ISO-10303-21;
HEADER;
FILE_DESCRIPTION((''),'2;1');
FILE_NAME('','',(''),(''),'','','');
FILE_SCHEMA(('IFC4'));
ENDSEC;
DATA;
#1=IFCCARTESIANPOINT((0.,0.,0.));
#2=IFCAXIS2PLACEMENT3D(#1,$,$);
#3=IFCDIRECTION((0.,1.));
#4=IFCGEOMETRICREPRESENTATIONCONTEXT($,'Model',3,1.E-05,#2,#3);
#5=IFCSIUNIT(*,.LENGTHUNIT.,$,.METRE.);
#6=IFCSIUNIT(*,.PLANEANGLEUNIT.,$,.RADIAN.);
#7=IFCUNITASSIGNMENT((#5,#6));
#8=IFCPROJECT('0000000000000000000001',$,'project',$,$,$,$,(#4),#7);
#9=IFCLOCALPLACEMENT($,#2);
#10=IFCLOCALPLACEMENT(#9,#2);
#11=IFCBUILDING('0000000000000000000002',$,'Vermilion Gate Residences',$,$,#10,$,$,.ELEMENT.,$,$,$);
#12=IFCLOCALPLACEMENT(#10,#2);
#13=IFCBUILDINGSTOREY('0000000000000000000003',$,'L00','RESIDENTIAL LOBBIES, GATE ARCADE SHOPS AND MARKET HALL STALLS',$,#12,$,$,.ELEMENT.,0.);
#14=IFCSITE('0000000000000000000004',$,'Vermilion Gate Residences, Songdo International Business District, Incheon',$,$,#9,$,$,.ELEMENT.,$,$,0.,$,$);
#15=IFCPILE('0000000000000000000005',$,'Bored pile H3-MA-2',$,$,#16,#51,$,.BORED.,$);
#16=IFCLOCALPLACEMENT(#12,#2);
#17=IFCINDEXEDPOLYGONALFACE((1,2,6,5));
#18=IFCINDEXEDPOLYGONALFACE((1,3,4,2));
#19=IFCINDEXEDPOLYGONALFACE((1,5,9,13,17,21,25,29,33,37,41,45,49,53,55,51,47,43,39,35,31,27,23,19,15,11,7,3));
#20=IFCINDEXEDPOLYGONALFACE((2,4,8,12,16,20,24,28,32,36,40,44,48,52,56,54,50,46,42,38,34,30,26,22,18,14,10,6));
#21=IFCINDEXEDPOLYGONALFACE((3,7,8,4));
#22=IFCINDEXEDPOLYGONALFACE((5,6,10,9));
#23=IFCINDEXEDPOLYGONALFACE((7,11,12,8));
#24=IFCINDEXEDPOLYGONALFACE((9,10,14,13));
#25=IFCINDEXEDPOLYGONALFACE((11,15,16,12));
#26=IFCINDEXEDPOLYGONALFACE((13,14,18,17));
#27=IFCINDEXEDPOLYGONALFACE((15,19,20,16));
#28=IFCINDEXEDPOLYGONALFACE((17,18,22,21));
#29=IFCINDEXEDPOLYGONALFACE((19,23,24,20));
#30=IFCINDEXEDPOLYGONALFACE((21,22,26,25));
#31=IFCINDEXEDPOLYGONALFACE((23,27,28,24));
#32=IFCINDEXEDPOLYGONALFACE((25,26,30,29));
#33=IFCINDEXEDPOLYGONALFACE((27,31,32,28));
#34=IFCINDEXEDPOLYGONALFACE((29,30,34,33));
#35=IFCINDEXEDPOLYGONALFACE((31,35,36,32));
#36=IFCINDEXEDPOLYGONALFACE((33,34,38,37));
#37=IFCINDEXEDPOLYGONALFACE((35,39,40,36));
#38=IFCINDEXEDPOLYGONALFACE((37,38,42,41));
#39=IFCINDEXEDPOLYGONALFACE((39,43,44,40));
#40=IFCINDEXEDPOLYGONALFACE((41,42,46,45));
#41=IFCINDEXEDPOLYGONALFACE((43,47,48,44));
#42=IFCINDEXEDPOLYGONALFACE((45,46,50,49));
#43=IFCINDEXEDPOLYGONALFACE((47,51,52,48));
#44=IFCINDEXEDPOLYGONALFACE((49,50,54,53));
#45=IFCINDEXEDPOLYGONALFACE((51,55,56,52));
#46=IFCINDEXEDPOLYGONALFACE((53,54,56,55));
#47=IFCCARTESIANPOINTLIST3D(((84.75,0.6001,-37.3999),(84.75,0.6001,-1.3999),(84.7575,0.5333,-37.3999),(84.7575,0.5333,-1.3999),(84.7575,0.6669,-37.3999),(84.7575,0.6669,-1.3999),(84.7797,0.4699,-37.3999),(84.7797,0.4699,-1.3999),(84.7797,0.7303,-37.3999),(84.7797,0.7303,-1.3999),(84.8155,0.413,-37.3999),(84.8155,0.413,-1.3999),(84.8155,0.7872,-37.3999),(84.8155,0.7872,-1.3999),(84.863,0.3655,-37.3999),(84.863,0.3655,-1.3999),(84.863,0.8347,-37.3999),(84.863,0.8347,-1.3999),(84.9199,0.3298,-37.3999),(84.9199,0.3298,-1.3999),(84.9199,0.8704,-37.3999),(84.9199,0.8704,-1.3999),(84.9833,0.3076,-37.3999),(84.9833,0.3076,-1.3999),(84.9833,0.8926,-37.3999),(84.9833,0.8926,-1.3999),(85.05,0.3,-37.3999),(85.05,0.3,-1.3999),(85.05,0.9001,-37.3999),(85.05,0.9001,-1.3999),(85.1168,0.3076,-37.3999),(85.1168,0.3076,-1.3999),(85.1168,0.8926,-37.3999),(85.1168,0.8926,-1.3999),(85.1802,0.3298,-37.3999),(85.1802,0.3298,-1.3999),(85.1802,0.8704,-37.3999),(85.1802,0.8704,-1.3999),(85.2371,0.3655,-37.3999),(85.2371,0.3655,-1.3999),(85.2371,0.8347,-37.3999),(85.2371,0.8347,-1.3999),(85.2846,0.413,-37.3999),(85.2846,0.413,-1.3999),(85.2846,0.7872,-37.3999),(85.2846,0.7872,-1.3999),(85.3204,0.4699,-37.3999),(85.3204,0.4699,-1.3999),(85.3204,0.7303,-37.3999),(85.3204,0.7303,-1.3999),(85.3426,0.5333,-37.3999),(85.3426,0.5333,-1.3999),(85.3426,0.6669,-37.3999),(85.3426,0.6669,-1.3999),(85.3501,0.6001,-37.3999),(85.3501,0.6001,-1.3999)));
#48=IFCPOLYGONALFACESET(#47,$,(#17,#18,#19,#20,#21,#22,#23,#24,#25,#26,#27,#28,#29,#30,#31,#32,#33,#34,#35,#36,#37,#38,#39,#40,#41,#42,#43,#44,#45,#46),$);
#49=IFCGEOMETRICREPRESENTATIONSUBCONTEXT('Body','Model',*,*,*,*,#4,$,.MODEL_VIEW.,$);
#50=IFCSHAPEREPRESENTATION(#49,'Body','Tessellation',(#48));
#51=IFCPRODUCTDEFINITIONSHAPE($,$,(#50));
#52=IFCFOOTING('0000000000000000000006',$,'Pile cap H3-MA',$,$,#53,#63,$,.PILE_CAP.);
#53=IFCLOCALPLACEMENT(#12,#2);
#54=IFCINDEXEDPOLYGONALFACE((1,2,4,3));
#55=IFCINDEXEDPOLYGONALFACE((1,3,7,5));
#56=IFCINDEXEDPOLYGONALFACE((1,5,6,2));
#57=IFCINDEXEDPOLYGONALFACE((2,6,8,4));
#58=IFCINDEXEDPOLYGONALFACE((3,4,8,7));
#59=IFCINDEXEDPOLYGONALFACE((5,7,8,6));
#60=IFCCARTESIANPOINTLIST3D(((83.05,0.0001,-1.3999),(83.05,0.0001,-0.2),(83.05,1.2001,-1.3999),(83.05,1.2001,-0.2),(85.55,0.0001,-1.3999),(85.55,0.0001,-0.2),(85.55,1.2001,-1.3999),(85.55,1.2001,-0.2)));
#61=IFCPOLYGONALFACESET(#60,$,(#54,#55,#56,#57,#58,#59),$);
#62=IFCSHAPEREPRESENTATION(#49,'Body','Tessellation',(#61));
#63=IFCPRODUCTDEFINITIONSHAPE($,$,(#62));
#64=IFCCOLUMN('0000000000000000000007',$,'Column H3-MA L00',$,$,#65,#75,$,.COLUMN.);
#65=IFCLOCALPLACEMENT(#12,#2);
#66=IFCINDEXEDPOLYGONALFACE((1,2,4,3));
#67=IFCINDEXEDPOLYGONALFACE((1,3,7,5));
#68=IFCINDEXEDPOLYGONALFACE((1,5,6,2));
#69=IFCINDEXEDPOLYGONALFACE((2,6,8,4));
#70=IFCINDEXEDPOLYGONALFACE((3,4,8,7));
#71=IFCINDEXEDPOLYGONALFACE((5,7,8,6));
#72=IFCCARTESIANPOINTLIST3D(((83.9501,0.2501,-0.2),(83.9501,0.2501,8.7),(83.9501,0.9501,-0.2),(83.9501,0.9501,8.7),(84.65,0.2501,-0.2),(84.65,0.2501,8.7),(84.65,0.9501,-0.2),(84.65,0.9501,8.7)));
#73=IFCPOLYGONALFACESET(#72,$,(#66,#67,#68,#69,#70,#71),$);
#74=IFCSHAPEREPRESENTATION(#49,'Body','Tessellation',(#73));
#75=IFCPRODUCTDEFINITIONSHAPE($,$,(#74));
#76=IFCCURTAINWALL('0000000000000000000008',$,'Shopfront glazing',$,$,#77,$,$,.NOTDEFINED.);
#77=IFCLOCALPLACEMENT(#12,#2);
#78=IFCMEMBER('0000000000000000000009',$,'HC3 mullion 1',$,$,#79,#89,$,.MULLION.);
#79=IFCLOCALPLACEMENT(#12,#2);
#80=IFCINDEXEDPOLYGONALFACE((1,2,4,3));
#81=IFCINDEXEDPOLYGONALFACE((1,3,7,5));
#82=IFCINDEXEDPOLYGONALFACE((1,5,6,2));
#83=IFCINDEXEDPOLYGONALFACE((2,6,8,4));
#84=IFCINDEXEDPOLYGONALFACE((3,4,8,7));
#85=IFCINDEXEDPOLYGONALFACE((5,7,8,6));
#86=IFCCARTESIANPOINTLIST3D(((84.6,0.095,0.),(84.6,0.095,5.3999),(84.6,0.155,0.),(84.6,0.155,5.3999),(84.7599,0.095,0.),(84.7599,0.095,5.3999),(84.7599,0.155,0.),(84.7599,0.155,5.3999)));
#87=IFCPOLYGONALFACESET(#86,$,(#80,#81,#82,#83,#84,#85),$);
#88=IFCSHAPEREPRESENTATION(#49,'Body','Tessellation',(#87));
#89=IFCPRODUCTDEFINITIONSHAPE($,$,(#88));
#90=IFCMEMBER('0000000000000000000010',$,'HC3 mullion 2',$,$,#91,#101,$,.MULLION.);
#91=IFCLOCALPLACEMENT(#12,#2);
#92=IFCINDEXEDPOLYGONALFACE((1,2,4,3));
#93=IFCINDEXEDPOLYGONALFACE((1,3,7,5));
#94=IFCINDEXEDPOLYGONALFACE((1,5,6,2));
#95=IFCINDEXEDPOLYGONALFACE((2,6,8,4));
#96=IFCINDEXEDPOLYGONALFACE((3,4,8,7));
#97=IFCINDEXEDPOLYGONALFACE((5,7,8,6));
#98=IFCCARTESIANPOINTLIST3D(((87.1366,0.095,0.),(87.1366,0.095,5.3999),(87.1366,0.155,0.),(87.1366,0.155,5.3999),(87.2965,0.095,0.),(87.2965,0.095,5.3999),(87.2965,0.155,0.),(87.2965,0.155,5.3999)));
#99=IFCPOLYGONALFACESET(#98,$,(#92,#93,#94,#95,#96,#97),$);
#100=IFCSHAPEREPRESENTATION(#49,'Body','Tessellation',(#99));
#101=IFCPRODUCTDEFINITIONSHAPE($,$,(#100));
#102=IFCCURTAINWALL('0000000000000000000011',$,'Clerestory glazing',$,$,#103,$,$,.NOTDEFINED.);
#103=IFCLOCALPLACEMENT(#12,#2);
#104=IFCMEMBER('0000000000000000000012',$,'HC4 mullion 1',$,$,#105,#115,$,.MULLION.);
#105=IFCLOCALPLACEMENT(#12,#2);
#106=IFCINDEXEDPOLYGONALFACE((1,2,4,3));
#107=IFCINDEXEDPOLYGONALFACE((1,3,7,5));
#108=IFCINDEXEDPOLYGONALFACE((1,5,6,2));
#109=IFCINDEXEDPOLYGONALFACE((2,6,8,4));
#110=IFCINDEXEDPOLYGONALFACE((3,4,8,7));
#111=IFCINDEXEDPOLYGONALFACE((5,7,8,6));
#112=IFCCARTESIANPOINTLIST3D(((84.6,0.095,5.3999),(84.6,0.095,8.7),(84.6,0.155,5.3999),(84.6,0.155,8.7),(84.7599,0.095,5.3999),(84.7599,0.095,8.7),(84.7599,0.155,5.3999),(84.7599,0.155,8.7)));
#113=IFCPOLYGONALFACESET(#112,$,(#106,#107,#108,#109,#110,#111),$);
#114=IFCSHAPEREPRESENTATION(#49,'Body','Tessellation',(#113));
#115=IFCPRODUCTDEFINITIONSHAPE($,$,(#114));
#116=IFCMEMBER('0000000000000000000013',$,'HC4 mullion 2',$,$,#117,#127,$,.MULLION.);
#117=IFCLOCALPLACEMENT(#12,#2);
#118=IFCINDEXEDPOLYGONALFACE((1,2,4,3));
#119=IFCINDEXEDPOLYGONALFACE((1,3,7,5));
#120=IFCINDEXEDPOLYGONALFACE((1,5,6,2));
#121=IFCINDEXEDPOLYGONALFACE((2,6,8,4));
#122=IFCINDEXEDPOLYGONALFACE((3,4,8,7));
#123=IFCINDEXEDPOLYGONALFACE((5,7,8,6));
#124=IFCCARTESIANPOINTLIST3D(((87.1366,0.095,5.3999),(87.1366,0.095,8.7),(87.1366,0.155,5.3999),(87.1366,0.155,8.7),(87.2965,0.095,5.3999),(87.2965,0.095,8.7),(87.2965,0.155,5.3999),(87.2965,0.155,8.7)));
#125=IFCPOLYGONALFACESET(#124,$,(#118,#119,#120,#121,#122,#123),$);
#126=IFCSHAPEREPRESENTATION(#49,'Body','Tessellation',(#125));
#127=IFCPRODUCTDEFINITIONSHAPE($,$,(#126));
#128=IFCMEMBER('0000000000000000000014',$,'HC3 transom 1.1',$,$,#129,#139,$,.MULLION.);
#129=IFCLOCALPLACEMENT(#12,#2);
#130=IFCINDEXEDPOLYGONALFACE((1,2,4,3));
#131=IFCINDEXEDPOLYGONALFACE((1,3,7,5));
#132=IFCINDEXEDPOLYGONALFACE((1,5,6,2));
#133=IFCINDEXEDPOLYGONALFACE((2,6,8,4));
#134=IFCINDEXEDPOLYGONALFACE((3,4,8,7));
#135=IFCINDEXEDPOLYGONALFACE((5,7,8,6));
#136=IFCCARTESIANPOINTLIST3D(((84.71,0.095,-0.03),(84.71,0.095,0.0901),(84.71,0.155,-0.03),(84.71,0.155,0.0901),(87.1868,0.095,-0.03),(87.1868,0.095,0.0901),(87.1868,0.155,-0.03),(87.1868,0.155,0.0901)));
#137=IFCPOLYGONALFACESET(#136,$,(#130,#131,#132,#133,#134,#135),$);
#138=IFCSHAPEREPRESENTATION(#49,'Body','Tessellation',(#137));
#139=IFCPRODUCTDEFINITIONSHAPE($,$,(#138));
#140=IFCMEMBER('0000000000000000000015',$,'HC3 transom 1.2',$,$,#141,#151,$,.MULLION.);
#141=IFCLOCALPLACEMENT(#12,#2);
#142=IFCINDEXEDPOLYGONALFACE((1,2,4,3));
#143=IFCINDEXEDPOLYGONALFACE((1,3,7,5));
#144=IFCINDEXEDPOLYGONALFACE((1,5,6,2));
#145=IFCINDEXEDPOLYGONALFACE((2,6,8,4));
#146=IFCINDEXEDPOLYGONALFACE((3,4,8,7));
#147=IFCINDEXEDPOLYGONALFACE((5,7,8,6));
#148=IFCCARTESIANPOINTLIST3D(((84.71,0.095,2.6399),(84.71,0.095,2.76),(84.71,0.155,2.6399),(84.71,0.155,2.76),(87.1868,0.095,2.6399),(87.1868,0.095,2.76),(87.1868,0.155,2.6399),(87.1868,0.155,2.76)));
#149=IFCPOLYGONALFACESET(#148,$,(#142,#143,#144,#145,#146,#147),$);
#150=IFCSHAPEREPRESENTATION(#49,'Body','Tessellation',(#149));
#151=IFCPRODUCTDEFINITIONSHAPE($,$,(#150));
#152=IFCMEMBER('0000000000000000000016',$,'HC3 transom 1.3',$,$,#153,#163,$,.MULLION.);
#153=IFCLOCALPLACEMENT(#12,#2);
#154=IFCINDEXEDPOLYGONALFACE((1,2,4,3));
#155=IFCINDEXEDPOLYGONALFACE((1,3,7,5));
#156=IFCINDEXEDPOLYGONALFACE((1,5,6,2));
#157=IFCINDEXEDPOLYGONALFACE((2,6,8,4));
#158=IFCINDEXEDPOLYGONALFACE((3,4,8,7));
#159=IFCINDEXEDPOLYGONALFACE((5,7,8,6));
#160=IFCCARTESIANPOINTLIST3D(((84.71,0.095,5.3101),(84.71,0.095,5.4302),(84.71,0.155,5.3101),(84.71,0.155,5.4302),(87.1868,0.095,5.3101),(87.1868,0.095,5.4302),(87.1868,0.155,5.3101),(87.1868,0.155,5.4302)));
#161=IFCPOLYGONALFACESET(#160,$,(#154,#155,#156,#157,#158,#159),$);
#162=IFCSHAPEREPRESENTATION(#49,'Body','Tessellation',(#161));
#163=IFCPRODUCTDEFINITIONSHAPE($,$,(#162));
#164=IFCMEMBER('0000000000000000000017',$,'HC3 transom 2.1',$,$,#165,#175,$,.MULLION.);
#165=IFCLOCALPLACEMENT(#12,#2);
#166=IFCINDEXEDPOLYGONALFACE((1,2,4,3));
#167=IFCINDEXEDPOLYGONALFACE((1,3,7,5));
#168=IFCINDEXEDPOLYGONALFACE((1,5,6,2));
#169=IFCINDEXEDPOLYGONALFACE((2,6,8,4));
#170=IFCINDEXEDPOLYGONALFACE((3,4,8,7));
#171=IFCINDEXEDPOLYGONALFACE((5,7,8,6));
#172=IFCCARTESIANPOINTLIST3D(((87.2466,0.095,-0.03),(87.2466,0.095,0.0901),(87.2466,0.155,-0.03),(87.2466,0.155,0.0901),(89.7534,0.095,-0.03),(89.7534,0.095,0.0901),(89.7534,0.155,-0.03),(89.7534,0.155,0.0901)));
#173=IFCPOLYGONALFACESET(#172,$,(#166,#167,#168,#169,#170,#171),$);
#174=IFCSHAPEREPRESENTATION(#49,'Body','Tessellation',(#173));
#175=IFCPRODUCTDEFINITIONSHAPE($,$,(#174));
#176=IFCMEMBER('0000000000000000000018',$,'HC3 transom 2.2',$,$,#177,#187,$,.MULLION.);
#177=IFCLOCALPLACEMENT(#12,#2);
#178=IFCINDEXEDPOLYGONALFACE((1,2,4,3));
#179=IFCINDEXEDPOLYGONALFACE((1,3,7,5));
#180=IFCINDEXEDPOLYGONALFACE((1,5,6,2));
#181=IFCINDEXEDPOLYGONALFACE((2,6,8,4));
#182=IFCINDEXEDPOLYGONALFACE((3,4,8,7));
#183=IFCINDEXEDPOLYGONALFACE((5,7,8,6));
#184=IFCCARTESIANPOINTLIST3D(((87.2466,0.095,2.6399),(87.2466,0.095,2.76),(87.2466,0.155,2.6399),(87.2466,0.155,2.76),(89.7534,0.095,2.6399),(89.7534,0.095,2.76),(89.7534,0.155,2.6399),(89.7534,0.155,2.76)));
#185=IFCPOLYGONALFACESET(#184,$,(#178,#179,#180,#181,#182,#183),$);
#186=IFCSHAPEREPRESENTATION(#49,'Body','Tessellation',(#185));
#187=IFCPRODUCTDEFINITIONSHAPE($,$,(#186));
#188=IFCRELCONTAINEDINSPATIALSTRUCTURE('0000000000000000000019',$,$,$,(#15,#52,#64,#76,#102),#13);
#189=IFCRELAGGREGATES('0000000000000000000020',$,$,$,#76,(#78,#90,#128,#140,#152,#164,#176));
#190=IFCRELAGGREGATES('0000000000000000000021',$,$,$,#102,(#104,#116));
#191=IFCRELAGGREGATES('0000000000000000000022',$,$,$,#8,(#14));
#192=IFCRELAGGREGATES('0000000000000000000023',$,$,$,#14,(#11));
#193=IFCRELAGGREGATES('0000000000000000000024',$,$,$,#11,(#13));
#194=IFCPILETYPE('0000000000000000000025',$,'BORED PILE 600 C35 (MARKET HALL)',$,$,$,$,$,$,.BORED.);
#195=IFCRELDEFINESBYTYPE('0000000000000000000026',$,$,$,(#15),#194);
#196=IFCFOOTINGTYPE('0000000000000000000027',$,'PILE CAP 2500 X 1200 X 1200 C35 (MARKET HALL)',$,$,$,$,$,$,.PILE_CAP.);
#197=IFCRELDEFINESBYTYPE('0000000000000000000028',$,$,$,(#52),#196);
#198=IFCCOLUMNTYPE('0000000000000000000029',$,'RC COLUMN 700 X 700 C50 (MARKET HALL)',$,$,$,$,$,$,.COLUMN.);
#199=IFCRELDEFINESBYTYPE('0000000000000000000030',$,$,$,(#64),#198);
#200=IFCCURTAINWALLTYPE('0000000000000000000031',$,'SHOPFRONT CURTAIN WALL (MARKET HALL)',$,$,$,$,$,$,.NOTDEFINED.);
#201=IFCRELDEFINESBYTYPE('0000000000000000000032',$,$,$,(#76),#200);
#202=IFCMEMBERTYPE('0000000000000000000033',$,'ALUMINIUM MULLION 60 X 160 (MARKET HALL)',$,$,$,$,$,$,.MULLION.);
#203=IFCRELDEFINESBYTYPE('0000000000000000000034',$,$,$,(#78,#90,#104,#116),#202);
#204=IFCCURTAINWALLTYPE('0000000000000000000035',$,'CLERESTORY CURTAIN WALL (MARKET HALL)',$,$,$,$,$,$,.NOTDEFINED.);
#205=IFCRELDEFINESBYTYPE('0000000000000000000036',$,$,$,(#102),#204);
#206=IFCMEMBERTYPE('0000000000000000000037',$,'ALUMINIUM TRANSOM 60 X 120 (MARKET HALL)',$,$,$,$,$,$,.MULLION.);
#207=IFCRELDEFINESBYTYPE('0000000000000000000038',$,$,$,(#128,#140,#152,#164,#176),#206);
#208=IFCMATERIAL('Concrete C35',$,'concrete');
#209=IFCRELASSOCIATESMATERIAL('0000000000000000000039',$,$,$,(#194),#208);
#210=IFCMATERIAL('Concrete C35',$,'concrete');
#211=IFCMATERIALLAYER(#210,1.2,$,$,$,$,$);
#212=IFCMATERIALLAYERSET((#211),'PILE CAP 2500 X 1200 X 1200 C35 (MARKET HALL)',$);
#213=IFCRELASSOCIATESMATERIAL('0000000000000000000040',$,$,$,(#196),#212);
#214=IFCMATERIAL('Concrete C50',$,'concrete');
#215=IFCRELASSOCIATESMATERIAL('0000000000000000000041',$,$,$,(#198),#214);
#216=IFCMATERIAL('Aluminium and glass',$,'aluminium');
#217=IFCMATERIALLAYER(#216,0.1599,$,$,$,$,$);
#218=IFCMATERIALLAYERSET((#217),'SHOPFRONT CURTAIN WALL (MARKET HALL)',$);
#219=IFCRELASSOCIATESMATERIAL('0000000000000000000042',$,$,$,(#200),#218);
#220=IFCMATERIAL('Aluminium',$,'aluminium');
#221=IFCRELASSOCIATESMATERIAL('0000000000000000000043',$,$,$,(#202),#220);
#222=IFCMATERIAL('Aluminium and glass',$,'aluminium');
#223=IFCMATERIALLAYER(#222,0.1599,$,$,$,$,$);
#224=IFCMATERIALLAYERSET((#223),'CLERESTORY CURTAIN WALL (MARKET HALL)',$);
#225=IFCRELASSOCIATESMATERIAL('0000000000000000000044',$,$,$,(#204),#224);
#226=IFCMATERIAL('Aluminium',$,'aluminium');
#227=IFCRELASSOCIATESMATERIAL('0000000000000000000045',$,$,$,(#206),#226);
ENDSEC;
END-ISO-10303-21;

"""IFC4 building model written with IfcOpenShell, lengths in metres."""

from ifc_helpers import new_model, si_unit, direction, frame, origin, origin_2d, place, context, subcontext, project, spatial, rectangle, circle, extrude, material, layer, layer_set, material_profile, profile_set, type_object, element, aggregate, save


model = new_model("IFC4")

# Units and contexts
model_context = context("Model", 3, precision=1e-05, world=origin(), true_north=direction((0.0, 1.0)))
body_context = subcontext(model_context, "Body", "Model", "MODEL_VIEW")
ifc_project = project(units=[si_unit("LENGTHUNIT", "METRE"), si_unit("PLANEANGLEUNIT", "RADIAN")], contexts=[model_context])

# Site, building, storey
site_placement = place(None, origin())
site = spatial("IfcSite", under=ifc_project, at=site_placement, Name="Vermilion Gate Residences, Songdo International Business District, Incheon", CompositionType="ELEMENT", RefElevation=0.0)
building_placement = place(site_placement, origin())
building = spatial("IfcBuilding", under=site, at=building_placement, Name="Vermilion Gate Residences", CompositionType="ELEMENT")
storey_placement = place(building_placement, origin())
storey = spatial("IfcBuildingStorey", under=building, at=storey_placement, Name="L00", Description="RESIDENTIAL LOBBIES, GATE ARCADE SHOPS AND MARKET HALL STALLS", CompositionType="ELEMENT", Elevation=0.0)

# Pile
ifc_material_1 = material(Name="Concrete C35", Category="concrete")
ifc_material_profile_1 = material_profile(ifc_material_1, circle(Radius=0.3, at=origin_2d()), Name="BORED PILE 600 C35 (MARKET HALL)")
ifc_profile_set_1 = profile_set([ifc_material_profile_1], Name="Concrete C35")
pile_type = type_object("IfcPileType", Name="BORED PILE 600 C35 (MARKET HALL)", PredefinedType="BORED", material=ifc_profile_set_1)
pile_placement = place(storey_placement, frame((85.05, 0.6001, -1.3999), z_axis=(0.0, 0.0, -1.0), x_axis=(1.0, 0.0, 0.0)))
element("IfcPile", 1, at=pile_placement, inside=storey, type_object=pile_type, Name="Bored pile H3-MA-2", PredefinedType="BORED", context=body_context, shape_type="SweptSolid", body=[
    extrude(circle(Radius=0.3, at=origin_2d()), origin(), (0.0, 0.0, 1.0), 36.0),
])

# Footing
ifc_material_2 = material(Name="Concrete C35", Category="concrete")
ifc_layer_1 = layer(ifc_material_2, 1.2)
ifc_layer_set_1 = layer_set([ifc_layer_1], Name="PILE CAP 2500 X 1200 X 1200 C35 (MARKET HALL)")
footing_type = type_object("IfcFootingType", Name="PILE CAP 2500 X 1200 X 1200 C35 (MARKET HALL)", PredefinedType="PILE_CAP", material=ifc_layer_set_1)
footing_placement = place(storey_placement, frame((84.3, 0.6001, -1.3999), z_axis=(0.0, 0.0, 1.0), x_axis=(1.0, 0.0, 0.0)))
element("IfcFooting", 2, at=footing_placement, inside=storey, type_object=footing_type, Name="Pile cap H3-MA", PredefinedType="PILE_CAP", context=body_context, shape_type="SweptSolid", body=[
    extrude(rectangle(XDim=2.5, YDim=1.2, at=origin_2d()), origin(), (0.0, 0.0, 1.0), 1.2),
])

# Column
ifc_material_3 = material(Name="Concrete C50", Category="concrete")
ifc_material_profile_2 = material_profile(ifc_material_3, rectangle(XDim=0.7, YDim=0.7, at=origin_2d()), Name="RC COLUMN 700 X 700 C50 (MARKET HALL)")
ifc_profile_set_2 = profile_set([ifc_material_profile_2], Name="Concrete C50")
column_type = type_object("IfcColumnType", Name="RC COLUMN 700 X 700 C50 (MARKET HALL)", PredefinedType="COLUMN", material=ifc_profile_set_2)
column_placement = place(storey_placement, frame((84.3, 0.6001, -0.2), z_axis=(0.0, 0.0, 1.0), x_axis=(1.0, 0.0, 0.0)))
element("IfcColumn", 3, at=column_placement, inside=storey, type_object=column_type, Name="Column H3-MA L00", PredefinedType="COLUMN", context=body_context, shape_type="SweptSolid", body=[
    extrude(rectangle(XDim=0.7, YDim=0.7, at=origin_2d()), origin(), (0.0, 0.0, 1.0), 8.8999),
])

# Curtain walls, members
ifc_material_4 = material(Name="Aluminium and glass", Category="aluminium")
ifc_layer_2 = layer(ifc_material_4, 0.1599)
ifc_layer_set_2 = layer_set([ifc_layer_2], Name="SHOPFRONT CURTAIN WALL (MARKET HALL)")
curtain_wall_type_1 = type_object("IfcCurtainWallType", Name="SHOPFRONT CURTAIN WALL (MARKET HALL)", PredefinedType="NOTDEFINED", material=ifc_layer_set_2)
curtain_wall_1_placement = place(storey_placement, origin())
curtain_wall_1 = element("IfcCurtainWall", 4, at=curtain_wall_1_placement, inside=storey, type_object=curtain_wall_type_1, Name="Shopfront glazing", PredefinedType="NOTDEFINED")
ifc_material_5 = material(Name="Aluminium", Category="aluminium")
ifc_material_profile_3 = material_profile(ifc_material_5, rectangle(XDim=0.0601, YDim=0.1599, at=origin_2d()), Name="ALUMINIUM MULLION 60 X 160 (MARKET HALL)")
ifc_profile_set_3 = profile_set([ifc_material_profile_3], Name="Aluminium")
member_type_1 = type_object("IfcMemberType", Name="ALUMINIUM MULLION 60 X 160 (MARKET HALL)", PredefinedType="MULLION", material=ifc_profile_set_3)
member_1_placement = place(storey_placement, frame((84.6799, 0.125, 0.0), z_axis=(0.0, 0.0, 1.0), x_axis=(0.0, 1.0, 0.0)))
member_1 = element("IfcMember", 5, at=member_1_placement, type_object=member_type_1, Name="HC3 mullion 1", PredefinedType="MULLION", context=body_context, shape_type="SweptSolid", body=[
    extrude(rectangle(XDim=0.0601, YDim=0.1599, at=origin_2d()), origin(), (0.0, 0.0, 1.0), 5.3999),
])
member_2_placement = place(storey_placement, frame((87.2166, 0.125, 0.0), z_axis=(0.0, 0.0, 1.0), x_axis=(0.0, 1.0, 0.0)))
member_2 = element("IfcMember", 6, at=member_2_placement, type_object=member_type_1, Name="HC3 mullion 2", PredefinedType="MULLION", context=body_context, shape_type="SweptSolid", body=[
    extrude(rectangle(XDim=0.0601, YDim=0.1599, at=origin_2d()), origin(), (0.0, 0.0, 1.0), 5.3999),
])
ifc_material_6 = material(Name="Aluminium and glass", Category="aluminium")
ifc_layer_3 = layer(ifc_material_6, 0.1599)
ifc_layer_set_3 = layer_set([ifc_layer_3], Name="CLERESTORY CURTAIN WALL (MARKET HALL)")
curtain_wall_type_2 = type_object("IfcCurtainWallType", Name="CLERESTORY CURTAIN WALL (MARKET HALL)", PredefinedType="NOTDEFINED", material=ifc_layer_set_3)
curtain_wall_2_placement = place(storey_placement, origin())
curtain_wall_2 = element("IfcCurtainWall", 7, at=curtain_wall_2_placement, inside=storey, type_object=curtain_wall_type_2, Name="Clerestory glazing", PredefinedType="NOTDEFINED")
member_3_placement = place(storey_placement, frame((84.6799, 0.125, 5.3999), z_axis=(0.0, 0.0, 1.0), x_axis=(0.0, 1.0, 0.0)))
member_3 = element("IfcMember", 8, at=member_3_placement, type_object=member_type_1, Name="HC4 mullion 1", PredefinedType="MULLION", context=body_context, shape_type="SweptSolid", body=[
    extrude(rectangle(XDim=0.0601, YDim=0.1599, at=origin_2d()), origin(), (0.0, 0.0, 1.0), 3.3),
])
member_4_placement = place(storey_placement, frame((87.2166, 0.125, 5.3999), z_axis=(0.0, 0.0, 1.0), x_axis=(0.0, 1.0, 0.0)))
member_4 = element("IfcMember", 9, at=member_4_placement, type_object=member_type_1, Name="HC4 mullion 2", PredefinedType="MULLION", context=body_context, shape_type="SweptSolid", body=[
    extrude(rectangle(XDim=0.0601, YDim=0.1599, at=origin_2d()), origin(), (0.0, 0.0, 1.0), 3.3),
])

# Members
ifc_material_7 = material(Name="Aluminium", Category="aluminium")
ifc_material_profile_4 = material_profile(ifc_material_7, rectangle(XDim=0.0601, YDim=0.1201, at=origin_2d()), Name="ALUMINIUM TRANSOM 60 X 120 (MARKET HALL)")
ifc_profile_set_4 = profile_set([ifc_material_profile_4], Name="Aluminium")
member_type_2 = type_object("IfcMemberType", Name="ALUMINIUM TRANSOM 60 X 120 (MARKET HALL)", PredefinedType="MULLION", material=ifc_profile_set_4)
member_5_placement = place(storey_placement, frame((84.71, 0.125, 0.03), z_axis=(1.0, 0.0, 0.0), x_axis=(0.0, 1.0, 0.0)))
member_5 = element("IfcMember", 10, at=member_5_placement, type_object=member_type_2, Name="HC3 transom 1.1", PredefinedType="MULLION", context=body_context, shape_type="SweptSolid", body=[
    extrude(rectangle(XDim=0.0601, YDim=0.1201, at=origin_2d()), origin(), (0.0, 0.0, 1.0), 2.4768),
])
member_6_placement = place(storey_placement, frame((84.71, 0.125, 2.7), z_axis=(1.0, 0.0, 0.0), x_axis=(0.0, 1.0, 0.0)))
member_6 = element("IfcMember", 11, at=member_6_placement, type_object=member_type_2, Name="HC3 transom 1.2", PredefinedType="MULLION", context=body_context, shape_type="SweptSolid", body=[
    extrude(rectangle(XDim=0.0601, YDim=0.1201, at=origin_2d()), origin(), (0.0, 0.0, 1.0), 2.4768),
])
member_7_placement = place(storey_placement, frame((84.71, 0.125, 5.3701), z_axis=(1.0, 0.0, 0.0), x_axis=(0.0, 1.0, 0.0)))
member_7 = element("IfcMember", 12, at=member_7_placement, type_object=member_type_2, Name="HC3 transom 1.3", PredefinedType="MULLION", context=body_context, shape_type="SweptSolid", body=[
    extrude(rectangle(XDim=0.0601, YDim=0.1201, at=origin_2d()), origin(), (0.0, 0.0, 1.0), 2.4768),
])
member_8_placement = place(storey_placement, frame((87.2466, 0.125, 0.03), z_axis=(1.0, 0.0, 0.0), x_axis=(0.0, 1.0, 0.0)))
member_8 = element("IfcMember", 13, at=member_8_placement, type_object=member_type_2, Name="HC3 transom 2.1", PredefinedType="MULLION", context=body_context, shape_type="SweptSolid", body=[
    extrude(rectangle(XDim=0.0601, YDim=0.1201, at=origin_2d()), origin(), (0.0, 0.0, 1.0), 2.5068),
])
member_9_placement = place(storey_placement, frame((87.2466, 0.125, 2.7), z_axis=(1.0, 0.0, 0.0), x_axis=(0.0, 1.0, 0.0)))
member_9 = element("IfcMember", 14, at=member_9_placement, type_object=member_type_2, Name="HC3 transom 2.2", PredefinedType="MULLION", context=body_context, shape_type="SweptSolid", body=[
    extrude(rectangle(XDim=0.0601, YDim=0.1201, at=origin_2d()), origin(), (0.0, 0.0, 1.0), 2.5068),
])

aggregate(curtain_wall_1, [member_1, member_2, member_5, member_6, member_7, member_8, member_9])
aggregate(curtain_wall_2, [member_3, member_4])

save(model, "model.ifc")
